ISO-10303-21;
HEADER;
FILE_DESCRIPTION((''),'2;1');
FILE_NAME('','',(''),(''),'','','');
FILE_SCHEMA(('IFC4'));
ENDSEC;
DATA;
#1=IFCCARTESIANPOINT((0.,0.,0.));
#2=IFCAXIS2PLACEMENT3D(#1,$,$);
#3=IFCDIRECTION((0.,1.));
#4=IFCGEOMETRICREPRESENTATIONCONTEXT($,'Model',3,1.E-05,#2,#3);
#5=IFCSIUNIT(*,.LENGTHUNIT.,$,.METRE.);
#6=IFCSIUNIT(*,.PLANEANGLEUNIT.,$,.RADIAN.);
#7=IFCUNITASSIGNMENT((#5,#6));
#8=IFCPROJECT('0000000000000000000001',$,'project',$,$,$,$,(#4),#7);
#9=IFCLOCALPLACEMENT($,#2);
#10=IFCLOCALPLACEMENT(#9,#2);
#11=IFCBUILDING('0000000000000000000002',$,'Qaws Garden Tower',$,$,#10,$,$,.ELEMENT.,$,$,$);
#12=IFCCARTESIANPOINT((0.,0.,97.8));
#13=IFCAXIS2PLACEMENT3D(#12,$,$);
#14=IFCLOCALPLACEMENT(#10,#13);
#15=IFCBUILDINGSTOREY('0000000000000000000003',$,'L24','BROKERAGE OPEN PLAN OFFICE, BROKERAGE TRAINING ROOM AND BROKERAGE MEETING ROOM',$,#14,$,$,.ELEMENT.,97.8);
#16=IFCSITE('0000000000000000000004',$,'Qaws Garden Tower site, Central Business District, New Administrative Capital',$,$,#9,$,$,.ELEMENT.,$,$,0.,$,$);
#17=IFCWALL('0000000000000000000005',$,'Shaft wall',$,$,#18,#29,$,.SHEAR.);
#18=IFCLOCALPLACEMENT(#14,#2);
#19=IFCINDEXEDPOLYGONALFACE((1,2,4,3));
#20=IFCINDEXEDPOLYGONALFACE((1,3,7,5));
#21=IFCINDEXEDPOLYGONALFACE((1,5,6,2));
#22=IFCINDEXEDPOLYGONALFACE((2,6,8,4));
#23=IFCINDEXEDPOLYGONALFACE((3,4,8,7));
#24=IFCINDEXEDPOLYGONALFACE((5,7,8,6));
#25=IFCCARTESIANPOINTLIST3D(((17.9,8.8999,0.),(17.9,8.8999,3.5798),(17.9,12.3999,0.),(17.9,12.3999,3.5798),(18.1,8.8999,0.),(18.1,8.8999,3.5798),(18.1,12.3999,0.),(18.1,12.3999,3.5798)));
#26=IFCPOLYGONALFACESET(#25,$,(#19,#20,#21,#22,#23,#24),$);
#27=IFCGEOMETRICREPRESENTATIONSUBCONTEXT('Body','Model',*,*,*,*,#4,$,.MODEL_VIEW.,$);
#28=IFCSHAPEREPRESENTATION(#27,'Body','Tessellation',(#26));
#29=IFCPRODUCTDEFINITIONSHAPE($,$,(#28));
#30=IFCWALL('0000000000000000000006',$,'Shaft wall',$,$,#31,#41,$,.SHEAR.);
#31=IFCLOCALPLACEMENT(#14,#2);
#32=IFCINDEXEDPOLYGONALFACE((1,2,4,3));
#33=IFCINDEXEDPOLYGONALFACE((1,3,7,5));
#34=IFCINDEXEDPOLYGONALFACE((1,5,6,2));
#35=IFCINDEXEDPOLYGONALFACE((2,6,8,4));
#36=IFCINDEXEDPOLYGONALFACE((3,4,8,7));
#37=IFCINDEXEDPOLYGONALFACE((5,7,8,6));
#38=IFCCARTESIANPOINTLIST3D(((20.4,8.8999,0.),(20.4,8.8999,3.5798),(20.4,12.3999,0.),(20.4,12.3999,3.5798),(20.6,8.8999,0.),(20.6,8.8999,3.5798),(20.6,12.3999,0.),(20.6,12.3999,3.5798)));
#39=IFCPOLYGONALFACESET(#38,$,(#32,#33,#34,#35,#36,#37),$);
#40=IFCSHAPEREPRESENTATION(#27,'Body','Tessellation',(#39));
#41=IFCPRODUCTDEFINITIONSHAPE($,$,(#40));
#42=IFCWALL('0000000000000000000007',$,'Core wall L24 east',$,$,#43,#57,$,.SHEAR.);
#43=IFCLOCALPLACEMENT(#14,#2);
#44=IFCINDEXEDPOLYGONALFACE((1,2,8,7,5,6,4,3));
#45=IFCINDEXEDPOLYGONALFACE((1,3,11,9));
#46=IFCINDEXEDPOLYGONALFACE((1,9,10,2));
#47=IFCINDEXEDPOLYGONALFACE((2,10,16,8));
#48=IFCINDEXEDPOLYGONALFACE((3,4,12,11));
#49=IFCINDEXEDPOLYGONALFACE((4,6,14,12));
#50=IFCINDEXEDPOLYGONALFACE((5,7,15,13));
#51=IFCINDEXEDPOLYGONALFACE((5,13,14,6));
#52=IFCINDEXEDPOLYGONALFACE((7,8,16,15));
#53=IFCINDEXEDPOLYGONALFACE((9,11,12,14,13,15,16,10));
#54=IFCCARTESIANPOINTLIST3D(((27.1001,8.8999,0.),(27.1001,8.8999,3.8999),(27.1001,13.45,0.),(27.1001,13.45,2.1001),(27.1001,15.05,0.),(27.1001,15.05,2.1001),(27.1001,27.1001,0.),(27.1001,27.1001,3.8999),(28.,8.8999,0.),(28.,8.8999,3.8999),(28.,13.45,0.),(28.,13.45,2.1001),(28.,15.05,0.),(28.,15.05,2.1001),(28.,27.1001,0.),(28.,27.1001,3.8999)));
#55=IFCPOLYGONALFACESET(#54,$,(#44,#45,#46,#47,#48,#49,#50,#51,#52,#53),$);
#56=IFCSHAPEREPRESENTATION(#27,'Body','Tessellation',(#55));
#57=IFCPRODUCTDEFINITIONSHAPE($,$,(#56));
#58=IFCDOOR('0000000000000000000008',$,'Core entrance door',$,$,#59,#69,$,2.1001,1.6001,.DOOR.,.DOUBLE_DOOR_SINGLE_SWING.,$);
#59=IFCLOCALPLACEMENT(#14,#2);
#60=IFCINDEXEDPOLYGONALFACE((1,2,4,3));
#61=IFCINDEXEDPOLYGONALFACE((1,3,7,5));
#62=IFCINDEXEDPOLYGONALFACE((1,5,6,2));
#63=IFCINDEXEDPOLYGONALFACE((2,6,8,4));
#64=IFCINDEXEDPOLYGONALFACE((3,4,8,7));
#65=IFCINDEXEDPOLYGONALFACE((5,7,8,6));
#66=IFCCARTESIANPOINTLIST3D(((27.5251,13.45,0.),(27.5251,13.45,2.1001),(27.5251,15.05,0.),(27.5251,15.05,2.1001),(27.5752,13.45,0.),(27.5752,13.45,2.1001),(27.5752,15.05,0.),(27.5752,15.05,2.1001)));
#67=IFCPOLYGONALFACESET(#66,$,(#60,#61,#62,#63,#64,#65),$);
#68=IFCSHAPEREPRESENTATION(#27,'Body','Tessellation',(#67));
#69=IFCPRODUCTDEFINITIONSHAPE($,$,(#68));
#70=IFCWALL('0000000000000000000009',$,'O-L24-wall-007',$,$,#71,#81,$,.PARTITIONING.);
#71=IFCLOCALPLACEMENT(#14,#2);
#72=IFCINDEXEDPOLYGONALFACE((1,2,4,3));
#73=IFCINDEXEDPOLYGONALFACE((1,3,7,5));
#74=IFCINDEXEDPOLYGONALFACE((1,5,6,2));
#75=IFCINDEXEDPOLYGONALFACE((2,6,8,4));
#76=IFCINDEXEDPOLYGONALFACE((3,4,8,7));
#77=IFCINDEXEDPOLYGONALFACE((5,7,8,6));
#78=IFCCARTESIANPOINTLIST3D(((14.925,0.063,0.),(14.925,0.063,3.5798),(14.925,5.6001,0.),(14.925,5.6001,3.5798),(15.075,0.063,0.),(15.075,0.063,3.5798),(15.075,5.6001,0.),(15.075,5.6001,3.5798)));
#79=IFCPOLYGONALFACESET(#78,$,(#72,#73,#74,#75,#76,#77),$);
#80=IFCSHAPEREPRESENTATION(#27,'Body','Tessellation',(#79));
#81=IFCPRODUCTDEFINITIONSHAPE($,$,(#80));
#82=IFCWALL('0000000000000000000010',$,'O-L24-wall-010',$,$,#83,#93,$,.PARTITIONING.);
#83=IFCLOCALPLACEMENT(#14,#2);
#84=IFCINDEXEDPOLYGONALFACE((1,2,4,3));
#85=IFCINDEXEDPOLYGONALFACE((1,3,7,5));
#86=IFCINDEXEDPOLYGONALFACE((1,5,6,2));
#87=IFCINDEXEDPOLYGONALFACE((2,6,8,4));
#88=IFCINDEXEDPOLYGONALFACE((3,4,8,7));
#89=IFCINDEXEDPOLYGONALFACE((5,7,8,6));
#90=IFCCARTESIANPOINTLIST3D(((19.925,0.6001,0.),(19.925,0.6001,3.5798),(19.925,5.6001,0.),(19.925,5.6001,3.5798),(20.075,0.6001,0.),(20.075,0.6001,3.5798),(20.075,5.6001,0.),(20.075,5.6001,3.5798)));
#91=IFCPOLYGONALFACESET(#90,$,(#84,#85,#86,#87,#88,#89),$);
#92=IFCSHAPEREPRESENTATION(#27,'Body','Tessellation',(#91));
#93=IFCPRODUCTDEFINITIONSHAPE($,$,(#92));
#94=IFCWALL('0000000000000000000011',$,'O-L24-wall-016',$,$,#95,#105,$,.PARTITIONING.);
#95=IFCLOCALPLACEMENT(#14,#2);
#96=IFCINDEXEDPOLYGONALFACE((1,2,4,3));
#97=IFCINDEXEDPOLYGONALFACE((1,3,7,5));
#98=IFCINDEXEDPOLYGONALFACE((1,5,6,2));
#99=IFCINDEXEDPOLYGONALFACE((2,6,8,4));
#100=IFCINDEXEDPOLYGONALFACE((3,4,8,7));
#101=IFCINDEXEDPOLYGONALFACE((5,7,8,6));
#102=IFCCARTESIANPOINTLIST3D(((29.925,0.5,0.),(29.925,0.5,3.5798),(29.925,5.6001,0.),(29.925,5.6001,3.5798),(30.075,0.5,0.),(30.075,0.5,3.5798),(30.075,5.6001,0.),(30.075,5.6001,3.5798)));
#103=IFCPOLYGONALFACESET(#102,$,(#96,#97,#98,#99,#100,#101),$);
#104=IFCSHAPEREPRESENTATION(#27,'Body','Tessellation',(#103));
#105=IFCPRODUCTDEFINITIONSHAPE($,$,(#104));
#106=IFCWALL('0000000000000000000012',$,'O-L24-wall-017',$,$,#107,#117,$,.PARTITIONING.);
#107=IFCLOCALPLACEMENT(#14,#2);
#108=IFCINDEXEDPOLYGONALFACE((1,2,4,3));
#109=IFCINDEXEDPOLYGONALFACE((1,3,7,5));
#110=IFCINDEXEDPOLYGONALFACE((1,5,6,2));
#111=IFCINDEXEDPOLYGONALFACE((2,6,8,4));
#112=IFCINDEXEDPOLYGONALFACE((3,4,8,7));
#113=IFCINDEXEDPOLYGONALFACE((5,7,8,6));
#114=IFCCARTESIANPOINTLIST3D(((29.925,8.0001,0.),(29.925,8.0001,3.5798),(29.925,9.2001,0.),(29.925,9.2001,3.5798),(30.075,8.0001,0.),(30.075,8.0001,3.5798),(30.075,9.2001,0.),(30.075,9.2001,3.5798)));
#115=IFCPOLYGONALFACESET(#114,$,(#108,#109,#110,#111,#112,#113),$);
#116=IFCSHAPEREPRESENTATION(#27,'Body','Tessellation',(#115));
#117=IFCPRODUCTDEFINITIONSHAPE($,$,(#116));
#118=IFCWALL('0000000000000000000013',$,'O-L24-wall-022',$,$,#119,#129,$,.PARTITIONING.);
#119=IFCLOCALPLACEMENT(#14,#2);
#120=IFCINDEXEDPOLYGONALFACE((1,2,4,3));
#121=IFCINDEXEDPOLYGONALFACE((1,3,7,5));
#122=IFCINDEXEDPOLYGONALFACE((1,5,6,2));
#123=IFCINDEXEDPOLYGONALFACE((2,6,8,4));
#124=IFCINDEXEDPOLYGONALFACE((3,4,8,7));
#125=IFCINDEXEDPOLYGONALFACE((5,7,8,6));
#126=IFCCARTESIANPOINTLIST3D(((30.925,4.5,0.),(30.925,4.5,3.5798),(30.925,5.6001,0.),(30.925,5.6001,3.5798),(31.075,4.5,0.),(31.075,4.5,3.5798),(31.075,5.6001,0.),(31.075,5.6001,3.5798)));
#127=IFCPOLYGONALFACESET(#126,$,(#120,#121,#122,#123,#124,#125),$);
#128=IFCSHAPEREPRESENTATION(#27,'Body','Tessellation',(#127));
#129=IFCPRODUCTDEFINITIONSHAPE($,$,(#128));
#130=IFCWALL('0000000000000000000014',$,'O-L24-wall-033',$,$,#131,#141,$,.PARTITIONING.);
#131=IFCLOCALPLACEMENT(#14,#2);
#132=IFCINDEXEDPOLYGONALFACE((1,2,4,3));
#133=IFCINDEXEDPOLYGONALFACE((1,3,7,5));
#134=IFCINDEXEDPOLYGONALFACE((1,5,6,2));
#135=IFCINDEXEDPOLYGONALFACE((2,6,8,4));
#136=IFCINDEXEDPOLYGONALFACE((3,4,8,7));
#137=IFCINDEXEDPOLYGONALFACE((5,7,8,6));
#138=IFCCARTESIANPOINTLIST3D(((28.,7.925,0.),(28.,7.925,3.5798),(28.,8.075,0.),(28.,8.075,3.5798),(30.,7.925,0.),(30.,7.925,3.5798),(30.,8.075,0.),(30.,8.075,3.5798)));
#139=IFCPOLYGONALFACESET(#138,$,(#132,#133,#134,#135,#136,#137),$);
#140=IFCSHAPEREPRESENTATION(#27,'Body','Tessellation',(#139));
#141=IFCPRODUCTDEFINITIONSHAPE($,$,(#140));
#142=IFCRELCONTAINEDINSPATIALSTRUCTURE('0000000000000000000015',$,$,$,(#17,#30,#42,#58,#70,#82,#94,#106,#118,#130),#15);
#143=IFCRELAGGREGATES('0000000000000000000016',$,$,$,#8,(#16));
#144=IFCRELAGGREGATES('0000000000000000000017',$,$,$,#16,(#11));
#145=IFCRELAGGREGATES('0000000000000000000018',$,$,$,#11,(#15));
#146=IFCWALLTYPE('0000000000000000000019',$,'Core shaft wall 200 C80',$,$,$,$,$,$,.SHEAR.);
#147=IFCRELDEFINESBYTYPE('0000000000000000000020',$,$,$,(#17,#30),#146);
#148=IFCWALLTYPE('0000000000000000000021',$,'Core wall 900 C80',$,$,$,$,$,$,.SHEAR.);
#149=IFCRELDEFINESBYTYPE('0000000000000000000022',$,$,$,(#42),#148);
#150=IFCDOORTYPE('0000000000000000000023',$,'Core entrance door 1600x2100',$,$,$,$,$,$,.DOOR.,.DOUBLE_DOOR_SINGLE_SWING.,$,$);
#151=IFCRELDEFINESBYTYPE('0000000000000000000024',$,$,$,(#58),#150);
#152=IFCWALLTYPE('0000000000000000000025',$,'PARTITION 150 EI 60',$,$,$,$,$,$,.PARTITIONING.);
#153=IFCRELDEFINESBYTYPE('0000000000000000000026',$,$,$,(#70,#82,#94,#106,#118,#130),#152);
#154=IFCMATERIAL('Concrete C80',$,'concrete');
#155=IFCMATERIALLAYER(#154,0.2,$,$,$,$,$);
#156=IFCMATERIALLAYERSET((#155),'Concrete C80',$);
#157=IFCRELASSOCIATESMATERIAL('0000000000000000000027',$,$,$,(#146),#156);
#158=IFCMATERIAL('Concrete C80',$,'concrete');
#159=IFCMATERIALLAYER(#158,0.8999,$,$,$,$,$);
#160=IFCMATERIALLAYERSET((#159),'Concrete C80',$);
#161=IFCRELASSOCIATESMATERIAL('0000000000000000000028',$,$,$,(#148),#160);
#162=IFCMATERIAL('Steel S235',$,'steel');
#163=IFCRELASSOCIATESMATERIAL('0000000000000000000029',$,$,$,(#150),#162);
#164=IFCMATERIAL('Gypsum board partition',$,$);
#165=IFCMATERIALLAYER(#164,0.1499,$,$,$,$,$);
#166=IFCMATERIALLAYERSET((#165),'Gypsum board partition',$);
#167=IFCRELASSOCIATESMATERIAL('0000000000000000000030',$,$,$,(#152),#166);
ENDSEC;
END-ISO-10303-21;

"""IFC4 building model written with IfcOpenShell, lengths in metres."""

from ifc_helpers import new_model, si_unit, direction, frame, frame_2d, origin, place, context, subcontext, project, spatial, rectangle, extrude, material, layer, layer_set, type_object, element, fill, save


model = new_model("IFC4")

# Units and contexts
model_context = context("Model", 3, precision=1e-05, world=origin(), true_north=direction((0.0, 1.0)))
body_context = subcontext(model_context, "Body", "Model", "MODEL_VIEW")
ifc_project = project(units=[si_unit("LENGTHUNIT", "METRE"), si_unit("PLANEANGLEUNIT", "RADIAN")], contexts=[model_context])

# Site, building, storey
site_placement = place(None, origin())
site = spatial("IfcSite", under=ifc_project, at=site_placement, Name="Qaws Garden Tower site, Central Business District, New Administrative Capital", CompositionType="ELEMENT", RefElevation=0.0)
building_placement = place(site_placement, origin())
building = spatial("IfcBuilding", under=site, at=building_placement, Name="Qaws Garden Tower", CompositionType="ELEMENT")
storey_placement = place(building_placement, frame((0.0, 0.0, 97.8)))
storey = spatial("IfcBuildingStorey", under=building, at=storey_placement, Name="L24", Description="BROKERAGE OPEN PLAN OFFICE, BROKERAGE TRAINING ROOM AND BROKERAGE MEETING ROOM", CompositionType="ELEMENT", Elevation=97.8)

# Walls
ifc_material_1 = material(Name="Concrete C80", Category="concrete")
ifc_layer_1 = layer(ifc_material_1, 0.2)
ifc_layer_set_1 = layer_set([ifc_layer_1], Name="Concrete C80")
wall_type_1 = type_object("IfcWallType", Name="Core shaft wall 200 C80", PredefinedType="SHEAR", material=ifc_layer_set_1)
for number, where, z_axis, x_axis, name in (
    (1, (18.0, 8.8999, 0.0), (0.0, 0.0, 1.0), (0.0, 1.0, 0.0), "Shaft wall"),
    (2, (20.5, 8.8999, 0.0), (0.0, 0.0, 1.0), (0.0, 1.0, 0.0), "Shaft wall"),
):
    element("IfcWall", number, at=place(storey_placement, frame(where, z_axis=z_axis, x_axis=x_axis)), inside=storey, type_object=wall_type_1, Name=name, PredefinedType="SHEAR", context=body_context, shape_type="SweptSolid", body=[
        extrude(rectangle(XDim=3.5, YDim=0.2, at=frame_2d((1.75, 0.0))), origin(), (0.0, 0.0, 1.0), 3.5798),
    ])

# Wall, opening, door
ifc_material_2 = material(Name="Concrete C80", Category="concrete")
ifc_layer_2 = layer(ifc_material_2, 0.8999)
ifc_layer_set_2 = layer_set([ifc_layer_2], Name="Concrete C80")
wall_type_2 = type_object("IfcWallType", Name="Core wall 900 C80", PredefinedType="SHEAR", material=ifc_layer_set_2)
wall_1_placement = place(storey_placement, frame((27.55, 8.8999, 0.0), z_axis=(0.0, 0.0, 1.0), x_axis=(0.0, 1.0, 0.0)))
wall_1 = element("IfcWall", 3, at=wall_1_placement, inside=storey, type_object=wall_type_2, Name="Core wall L24 east", PredefinedType="SHEAR", context=body_context, shape_type="SweptSolid", body=[
    extrude(rectangle(XDim=18.2002, YDim=0.8999, at=frame_2d((9.1001, 0.0))), origin(), (0.0, 0.0, 1.0), 3.8999),
])
opening_1_placement = place(wall_1_placement, frame((4.55, 0.0, 0.0)))
opening_1 = element("IfcOpeningElement", 4, at=opening_1_placement, cuts=wall_1, PredefinedType="OPENING", context=body_context, shape_type="SweptSolid", body=[
    extrude(rectangle(XDim=1.6001, YDim=2.1001, at=frame_2d((0.8, 1.05))), frame((0.0, 0.46, 0.0), z_axis=(0.0, -1.0, 0.0), x_axis=(1.0, 0.0, 0.0)), (0.0, 0.0, 1.0), 0.9199),
])
ifc_material_3 = material(Name="Steel S235", Category="steel")
door_type = type_object("IfcDoorType", Name="Core entrance door 1600x2100", OperationType="DOUBLE_DOOR_SINGLE_SWING", PredefinedType="DOOR", material=ifc_material_3)
door_placement = place(opening_1_placement, origin())
door = element("IfcDoor", 5, at=door_placement, inside=storey, type_object=door_type, Name="Core entrance door", OperationType="DOUBLE_DOOR_SINGLE_SWING", OverallHeight=2.1001, OverallWidth=1.6001, PredefinedType="DOOR", context=body_context, shape_type="SweptSolid", body=[
    extrude(rectangle(XDim=1.6001, YDim=2.1001, at=frame_2d((0.8, 1.05))), frame((0.0, 0.0249, 0.0), z_axis=(0.0, -1.0, 0.0), x_axis=(1.0, 0.0, 0.0)), (0.0, 0.0, 1.0), 0.05),
])
fill(opening_1, door)

# Walls
ifc_material_4 = material(Name="Gypsum board partition")
ifc_layer_3 = layer(ifc_material_4, 0.1499)
ifc_layer_set_3 = layer_set([ifc_layer_3], Name="Gypsum board partition")
wall_type_3 = type_object("IfcWallType", Name="PARTITION 150 EI 60", PredefinedType="PARTITIONING", material=ifc_layer_set_3)
wall_2_placement = place(storey_placement, frame((15.0, 0.063, 0.0), z_axis=(0.0, 0.0, 1.0), x_axis=(0.0, 1.0, 0.0)))
element("IfcWall", 6, at=wall_2_placement, inside=storey, type_object=wall_type_3, Name="O-L24-wall-007", PredefinedType="PARTITIONING", context=body_context, shape_type="SweptSolid", body=[
    extrude(rectangle(XDim=5.5371, YDim=0.1499, at=frame_2d((2.7686, 0.0))), origin(), (0.0, 0.0, 1.0), 3.5798),
])
wall_3_placement = place(storey_placement, frame((20.0, 0.6001, 0.0), z_axis=(0.0, 0.0, 1.0), x_axis=(0.0, 1.0, 0.0)))
element("IfcWall", 7, at=wall_3_placement, inside=storey, type_object=wall_type_3, Name="O-L24-wall-010", PredefinedType="PARTITIONING", context=body_context, shape_type="SweptSolid", body=[
    extrude(rectangle(XDim=5.0, YDim=0.1499, at=frame_2d((2.5, 0.0))), origin(), (0.0, 0.0, 1.0), 3.5798),
])
wall_4_placement = place(storey_placement, frame((30.0, 0.5, 0.0), z_axis=(0.0, 0.0, 1.0), x_axis=(0.0, 1.0, 0.0)))
element("IfcWall", 8, at=wall_4_placement, inside=storey, type_object=wall_type_3, Name="O-L24-wall-016", PredefinedType="PARTITIONING", context=body_context, shape_type="SweptSolid", body=[
    extrude(rectangle(XDim=5.1001, YDim=0.1499, at=frame_2d((2.55, 0.0))), origin(), (0.0, 0.0, 1.0), 3.5798),
])
wall_5_placement = place(storey_placement, frame((30.0, 8.0, 0.0), z_axis=(0.0, 0.0, 1.0), x_axis=(0.0, 1.0, 0.0)))
element("IfcWall", 9, at=wall_5_placement, inside=storey, type_object=wall_type_3, Name="O-L24-wall-017", PredefinedType="PARTITIONING", context=body_context, shape_type="SweptSolid", body=[
    extrude(rectangle(XDim=1.2, YDim=0.1499, at=frame_2d((0.6001, 0.0))), origin(), (0.0, 0.0, 1.0), 3.5798),
])
wall_6_placement = place(storey_placement, frame((31.0, 4.5, 0.0), z_axis=(0.0, 0.0, 1.0), x_axis=(0.0, 1.0, 0.0)))
element("IfcWall", 10, at=wall_6_placement, inside=storey, type_object=wall_type_3, Name="O-L24-wall-022", PredefinedType="PARTITIONING", context=body_context, shape_type="SweptSolid", body=[
    extrude(rectangle(XDim=1.1001, YDim=0.1499, at=frame_2d((0.55, 0.0))), origin(), (0.0, 0.0, 1.0), 3.5798),
])
wall_7_placement = place(storey_placement, frame((28.0, 8.0, 0.0), z_axis=(0.0, 0.0, 1.0), x_axis=(1.0, 0.0, 0.0)))
element("IfcWall", 11, at=wall_7_placement, inside=storey, type_object=wall_type_3, Name="O-L24-wall-033", PredefinedType="PARTITIONING", context=body_context, shape_type="SweptSolid", body=[
    extrude(rectangle(XDim=2.0, YDim=0.1499, at=frame_2d((1.0, 0.0))), origin(), (0.0, 0.0, 1.0), 3.5798),
])

save(model, "model.ifc")
